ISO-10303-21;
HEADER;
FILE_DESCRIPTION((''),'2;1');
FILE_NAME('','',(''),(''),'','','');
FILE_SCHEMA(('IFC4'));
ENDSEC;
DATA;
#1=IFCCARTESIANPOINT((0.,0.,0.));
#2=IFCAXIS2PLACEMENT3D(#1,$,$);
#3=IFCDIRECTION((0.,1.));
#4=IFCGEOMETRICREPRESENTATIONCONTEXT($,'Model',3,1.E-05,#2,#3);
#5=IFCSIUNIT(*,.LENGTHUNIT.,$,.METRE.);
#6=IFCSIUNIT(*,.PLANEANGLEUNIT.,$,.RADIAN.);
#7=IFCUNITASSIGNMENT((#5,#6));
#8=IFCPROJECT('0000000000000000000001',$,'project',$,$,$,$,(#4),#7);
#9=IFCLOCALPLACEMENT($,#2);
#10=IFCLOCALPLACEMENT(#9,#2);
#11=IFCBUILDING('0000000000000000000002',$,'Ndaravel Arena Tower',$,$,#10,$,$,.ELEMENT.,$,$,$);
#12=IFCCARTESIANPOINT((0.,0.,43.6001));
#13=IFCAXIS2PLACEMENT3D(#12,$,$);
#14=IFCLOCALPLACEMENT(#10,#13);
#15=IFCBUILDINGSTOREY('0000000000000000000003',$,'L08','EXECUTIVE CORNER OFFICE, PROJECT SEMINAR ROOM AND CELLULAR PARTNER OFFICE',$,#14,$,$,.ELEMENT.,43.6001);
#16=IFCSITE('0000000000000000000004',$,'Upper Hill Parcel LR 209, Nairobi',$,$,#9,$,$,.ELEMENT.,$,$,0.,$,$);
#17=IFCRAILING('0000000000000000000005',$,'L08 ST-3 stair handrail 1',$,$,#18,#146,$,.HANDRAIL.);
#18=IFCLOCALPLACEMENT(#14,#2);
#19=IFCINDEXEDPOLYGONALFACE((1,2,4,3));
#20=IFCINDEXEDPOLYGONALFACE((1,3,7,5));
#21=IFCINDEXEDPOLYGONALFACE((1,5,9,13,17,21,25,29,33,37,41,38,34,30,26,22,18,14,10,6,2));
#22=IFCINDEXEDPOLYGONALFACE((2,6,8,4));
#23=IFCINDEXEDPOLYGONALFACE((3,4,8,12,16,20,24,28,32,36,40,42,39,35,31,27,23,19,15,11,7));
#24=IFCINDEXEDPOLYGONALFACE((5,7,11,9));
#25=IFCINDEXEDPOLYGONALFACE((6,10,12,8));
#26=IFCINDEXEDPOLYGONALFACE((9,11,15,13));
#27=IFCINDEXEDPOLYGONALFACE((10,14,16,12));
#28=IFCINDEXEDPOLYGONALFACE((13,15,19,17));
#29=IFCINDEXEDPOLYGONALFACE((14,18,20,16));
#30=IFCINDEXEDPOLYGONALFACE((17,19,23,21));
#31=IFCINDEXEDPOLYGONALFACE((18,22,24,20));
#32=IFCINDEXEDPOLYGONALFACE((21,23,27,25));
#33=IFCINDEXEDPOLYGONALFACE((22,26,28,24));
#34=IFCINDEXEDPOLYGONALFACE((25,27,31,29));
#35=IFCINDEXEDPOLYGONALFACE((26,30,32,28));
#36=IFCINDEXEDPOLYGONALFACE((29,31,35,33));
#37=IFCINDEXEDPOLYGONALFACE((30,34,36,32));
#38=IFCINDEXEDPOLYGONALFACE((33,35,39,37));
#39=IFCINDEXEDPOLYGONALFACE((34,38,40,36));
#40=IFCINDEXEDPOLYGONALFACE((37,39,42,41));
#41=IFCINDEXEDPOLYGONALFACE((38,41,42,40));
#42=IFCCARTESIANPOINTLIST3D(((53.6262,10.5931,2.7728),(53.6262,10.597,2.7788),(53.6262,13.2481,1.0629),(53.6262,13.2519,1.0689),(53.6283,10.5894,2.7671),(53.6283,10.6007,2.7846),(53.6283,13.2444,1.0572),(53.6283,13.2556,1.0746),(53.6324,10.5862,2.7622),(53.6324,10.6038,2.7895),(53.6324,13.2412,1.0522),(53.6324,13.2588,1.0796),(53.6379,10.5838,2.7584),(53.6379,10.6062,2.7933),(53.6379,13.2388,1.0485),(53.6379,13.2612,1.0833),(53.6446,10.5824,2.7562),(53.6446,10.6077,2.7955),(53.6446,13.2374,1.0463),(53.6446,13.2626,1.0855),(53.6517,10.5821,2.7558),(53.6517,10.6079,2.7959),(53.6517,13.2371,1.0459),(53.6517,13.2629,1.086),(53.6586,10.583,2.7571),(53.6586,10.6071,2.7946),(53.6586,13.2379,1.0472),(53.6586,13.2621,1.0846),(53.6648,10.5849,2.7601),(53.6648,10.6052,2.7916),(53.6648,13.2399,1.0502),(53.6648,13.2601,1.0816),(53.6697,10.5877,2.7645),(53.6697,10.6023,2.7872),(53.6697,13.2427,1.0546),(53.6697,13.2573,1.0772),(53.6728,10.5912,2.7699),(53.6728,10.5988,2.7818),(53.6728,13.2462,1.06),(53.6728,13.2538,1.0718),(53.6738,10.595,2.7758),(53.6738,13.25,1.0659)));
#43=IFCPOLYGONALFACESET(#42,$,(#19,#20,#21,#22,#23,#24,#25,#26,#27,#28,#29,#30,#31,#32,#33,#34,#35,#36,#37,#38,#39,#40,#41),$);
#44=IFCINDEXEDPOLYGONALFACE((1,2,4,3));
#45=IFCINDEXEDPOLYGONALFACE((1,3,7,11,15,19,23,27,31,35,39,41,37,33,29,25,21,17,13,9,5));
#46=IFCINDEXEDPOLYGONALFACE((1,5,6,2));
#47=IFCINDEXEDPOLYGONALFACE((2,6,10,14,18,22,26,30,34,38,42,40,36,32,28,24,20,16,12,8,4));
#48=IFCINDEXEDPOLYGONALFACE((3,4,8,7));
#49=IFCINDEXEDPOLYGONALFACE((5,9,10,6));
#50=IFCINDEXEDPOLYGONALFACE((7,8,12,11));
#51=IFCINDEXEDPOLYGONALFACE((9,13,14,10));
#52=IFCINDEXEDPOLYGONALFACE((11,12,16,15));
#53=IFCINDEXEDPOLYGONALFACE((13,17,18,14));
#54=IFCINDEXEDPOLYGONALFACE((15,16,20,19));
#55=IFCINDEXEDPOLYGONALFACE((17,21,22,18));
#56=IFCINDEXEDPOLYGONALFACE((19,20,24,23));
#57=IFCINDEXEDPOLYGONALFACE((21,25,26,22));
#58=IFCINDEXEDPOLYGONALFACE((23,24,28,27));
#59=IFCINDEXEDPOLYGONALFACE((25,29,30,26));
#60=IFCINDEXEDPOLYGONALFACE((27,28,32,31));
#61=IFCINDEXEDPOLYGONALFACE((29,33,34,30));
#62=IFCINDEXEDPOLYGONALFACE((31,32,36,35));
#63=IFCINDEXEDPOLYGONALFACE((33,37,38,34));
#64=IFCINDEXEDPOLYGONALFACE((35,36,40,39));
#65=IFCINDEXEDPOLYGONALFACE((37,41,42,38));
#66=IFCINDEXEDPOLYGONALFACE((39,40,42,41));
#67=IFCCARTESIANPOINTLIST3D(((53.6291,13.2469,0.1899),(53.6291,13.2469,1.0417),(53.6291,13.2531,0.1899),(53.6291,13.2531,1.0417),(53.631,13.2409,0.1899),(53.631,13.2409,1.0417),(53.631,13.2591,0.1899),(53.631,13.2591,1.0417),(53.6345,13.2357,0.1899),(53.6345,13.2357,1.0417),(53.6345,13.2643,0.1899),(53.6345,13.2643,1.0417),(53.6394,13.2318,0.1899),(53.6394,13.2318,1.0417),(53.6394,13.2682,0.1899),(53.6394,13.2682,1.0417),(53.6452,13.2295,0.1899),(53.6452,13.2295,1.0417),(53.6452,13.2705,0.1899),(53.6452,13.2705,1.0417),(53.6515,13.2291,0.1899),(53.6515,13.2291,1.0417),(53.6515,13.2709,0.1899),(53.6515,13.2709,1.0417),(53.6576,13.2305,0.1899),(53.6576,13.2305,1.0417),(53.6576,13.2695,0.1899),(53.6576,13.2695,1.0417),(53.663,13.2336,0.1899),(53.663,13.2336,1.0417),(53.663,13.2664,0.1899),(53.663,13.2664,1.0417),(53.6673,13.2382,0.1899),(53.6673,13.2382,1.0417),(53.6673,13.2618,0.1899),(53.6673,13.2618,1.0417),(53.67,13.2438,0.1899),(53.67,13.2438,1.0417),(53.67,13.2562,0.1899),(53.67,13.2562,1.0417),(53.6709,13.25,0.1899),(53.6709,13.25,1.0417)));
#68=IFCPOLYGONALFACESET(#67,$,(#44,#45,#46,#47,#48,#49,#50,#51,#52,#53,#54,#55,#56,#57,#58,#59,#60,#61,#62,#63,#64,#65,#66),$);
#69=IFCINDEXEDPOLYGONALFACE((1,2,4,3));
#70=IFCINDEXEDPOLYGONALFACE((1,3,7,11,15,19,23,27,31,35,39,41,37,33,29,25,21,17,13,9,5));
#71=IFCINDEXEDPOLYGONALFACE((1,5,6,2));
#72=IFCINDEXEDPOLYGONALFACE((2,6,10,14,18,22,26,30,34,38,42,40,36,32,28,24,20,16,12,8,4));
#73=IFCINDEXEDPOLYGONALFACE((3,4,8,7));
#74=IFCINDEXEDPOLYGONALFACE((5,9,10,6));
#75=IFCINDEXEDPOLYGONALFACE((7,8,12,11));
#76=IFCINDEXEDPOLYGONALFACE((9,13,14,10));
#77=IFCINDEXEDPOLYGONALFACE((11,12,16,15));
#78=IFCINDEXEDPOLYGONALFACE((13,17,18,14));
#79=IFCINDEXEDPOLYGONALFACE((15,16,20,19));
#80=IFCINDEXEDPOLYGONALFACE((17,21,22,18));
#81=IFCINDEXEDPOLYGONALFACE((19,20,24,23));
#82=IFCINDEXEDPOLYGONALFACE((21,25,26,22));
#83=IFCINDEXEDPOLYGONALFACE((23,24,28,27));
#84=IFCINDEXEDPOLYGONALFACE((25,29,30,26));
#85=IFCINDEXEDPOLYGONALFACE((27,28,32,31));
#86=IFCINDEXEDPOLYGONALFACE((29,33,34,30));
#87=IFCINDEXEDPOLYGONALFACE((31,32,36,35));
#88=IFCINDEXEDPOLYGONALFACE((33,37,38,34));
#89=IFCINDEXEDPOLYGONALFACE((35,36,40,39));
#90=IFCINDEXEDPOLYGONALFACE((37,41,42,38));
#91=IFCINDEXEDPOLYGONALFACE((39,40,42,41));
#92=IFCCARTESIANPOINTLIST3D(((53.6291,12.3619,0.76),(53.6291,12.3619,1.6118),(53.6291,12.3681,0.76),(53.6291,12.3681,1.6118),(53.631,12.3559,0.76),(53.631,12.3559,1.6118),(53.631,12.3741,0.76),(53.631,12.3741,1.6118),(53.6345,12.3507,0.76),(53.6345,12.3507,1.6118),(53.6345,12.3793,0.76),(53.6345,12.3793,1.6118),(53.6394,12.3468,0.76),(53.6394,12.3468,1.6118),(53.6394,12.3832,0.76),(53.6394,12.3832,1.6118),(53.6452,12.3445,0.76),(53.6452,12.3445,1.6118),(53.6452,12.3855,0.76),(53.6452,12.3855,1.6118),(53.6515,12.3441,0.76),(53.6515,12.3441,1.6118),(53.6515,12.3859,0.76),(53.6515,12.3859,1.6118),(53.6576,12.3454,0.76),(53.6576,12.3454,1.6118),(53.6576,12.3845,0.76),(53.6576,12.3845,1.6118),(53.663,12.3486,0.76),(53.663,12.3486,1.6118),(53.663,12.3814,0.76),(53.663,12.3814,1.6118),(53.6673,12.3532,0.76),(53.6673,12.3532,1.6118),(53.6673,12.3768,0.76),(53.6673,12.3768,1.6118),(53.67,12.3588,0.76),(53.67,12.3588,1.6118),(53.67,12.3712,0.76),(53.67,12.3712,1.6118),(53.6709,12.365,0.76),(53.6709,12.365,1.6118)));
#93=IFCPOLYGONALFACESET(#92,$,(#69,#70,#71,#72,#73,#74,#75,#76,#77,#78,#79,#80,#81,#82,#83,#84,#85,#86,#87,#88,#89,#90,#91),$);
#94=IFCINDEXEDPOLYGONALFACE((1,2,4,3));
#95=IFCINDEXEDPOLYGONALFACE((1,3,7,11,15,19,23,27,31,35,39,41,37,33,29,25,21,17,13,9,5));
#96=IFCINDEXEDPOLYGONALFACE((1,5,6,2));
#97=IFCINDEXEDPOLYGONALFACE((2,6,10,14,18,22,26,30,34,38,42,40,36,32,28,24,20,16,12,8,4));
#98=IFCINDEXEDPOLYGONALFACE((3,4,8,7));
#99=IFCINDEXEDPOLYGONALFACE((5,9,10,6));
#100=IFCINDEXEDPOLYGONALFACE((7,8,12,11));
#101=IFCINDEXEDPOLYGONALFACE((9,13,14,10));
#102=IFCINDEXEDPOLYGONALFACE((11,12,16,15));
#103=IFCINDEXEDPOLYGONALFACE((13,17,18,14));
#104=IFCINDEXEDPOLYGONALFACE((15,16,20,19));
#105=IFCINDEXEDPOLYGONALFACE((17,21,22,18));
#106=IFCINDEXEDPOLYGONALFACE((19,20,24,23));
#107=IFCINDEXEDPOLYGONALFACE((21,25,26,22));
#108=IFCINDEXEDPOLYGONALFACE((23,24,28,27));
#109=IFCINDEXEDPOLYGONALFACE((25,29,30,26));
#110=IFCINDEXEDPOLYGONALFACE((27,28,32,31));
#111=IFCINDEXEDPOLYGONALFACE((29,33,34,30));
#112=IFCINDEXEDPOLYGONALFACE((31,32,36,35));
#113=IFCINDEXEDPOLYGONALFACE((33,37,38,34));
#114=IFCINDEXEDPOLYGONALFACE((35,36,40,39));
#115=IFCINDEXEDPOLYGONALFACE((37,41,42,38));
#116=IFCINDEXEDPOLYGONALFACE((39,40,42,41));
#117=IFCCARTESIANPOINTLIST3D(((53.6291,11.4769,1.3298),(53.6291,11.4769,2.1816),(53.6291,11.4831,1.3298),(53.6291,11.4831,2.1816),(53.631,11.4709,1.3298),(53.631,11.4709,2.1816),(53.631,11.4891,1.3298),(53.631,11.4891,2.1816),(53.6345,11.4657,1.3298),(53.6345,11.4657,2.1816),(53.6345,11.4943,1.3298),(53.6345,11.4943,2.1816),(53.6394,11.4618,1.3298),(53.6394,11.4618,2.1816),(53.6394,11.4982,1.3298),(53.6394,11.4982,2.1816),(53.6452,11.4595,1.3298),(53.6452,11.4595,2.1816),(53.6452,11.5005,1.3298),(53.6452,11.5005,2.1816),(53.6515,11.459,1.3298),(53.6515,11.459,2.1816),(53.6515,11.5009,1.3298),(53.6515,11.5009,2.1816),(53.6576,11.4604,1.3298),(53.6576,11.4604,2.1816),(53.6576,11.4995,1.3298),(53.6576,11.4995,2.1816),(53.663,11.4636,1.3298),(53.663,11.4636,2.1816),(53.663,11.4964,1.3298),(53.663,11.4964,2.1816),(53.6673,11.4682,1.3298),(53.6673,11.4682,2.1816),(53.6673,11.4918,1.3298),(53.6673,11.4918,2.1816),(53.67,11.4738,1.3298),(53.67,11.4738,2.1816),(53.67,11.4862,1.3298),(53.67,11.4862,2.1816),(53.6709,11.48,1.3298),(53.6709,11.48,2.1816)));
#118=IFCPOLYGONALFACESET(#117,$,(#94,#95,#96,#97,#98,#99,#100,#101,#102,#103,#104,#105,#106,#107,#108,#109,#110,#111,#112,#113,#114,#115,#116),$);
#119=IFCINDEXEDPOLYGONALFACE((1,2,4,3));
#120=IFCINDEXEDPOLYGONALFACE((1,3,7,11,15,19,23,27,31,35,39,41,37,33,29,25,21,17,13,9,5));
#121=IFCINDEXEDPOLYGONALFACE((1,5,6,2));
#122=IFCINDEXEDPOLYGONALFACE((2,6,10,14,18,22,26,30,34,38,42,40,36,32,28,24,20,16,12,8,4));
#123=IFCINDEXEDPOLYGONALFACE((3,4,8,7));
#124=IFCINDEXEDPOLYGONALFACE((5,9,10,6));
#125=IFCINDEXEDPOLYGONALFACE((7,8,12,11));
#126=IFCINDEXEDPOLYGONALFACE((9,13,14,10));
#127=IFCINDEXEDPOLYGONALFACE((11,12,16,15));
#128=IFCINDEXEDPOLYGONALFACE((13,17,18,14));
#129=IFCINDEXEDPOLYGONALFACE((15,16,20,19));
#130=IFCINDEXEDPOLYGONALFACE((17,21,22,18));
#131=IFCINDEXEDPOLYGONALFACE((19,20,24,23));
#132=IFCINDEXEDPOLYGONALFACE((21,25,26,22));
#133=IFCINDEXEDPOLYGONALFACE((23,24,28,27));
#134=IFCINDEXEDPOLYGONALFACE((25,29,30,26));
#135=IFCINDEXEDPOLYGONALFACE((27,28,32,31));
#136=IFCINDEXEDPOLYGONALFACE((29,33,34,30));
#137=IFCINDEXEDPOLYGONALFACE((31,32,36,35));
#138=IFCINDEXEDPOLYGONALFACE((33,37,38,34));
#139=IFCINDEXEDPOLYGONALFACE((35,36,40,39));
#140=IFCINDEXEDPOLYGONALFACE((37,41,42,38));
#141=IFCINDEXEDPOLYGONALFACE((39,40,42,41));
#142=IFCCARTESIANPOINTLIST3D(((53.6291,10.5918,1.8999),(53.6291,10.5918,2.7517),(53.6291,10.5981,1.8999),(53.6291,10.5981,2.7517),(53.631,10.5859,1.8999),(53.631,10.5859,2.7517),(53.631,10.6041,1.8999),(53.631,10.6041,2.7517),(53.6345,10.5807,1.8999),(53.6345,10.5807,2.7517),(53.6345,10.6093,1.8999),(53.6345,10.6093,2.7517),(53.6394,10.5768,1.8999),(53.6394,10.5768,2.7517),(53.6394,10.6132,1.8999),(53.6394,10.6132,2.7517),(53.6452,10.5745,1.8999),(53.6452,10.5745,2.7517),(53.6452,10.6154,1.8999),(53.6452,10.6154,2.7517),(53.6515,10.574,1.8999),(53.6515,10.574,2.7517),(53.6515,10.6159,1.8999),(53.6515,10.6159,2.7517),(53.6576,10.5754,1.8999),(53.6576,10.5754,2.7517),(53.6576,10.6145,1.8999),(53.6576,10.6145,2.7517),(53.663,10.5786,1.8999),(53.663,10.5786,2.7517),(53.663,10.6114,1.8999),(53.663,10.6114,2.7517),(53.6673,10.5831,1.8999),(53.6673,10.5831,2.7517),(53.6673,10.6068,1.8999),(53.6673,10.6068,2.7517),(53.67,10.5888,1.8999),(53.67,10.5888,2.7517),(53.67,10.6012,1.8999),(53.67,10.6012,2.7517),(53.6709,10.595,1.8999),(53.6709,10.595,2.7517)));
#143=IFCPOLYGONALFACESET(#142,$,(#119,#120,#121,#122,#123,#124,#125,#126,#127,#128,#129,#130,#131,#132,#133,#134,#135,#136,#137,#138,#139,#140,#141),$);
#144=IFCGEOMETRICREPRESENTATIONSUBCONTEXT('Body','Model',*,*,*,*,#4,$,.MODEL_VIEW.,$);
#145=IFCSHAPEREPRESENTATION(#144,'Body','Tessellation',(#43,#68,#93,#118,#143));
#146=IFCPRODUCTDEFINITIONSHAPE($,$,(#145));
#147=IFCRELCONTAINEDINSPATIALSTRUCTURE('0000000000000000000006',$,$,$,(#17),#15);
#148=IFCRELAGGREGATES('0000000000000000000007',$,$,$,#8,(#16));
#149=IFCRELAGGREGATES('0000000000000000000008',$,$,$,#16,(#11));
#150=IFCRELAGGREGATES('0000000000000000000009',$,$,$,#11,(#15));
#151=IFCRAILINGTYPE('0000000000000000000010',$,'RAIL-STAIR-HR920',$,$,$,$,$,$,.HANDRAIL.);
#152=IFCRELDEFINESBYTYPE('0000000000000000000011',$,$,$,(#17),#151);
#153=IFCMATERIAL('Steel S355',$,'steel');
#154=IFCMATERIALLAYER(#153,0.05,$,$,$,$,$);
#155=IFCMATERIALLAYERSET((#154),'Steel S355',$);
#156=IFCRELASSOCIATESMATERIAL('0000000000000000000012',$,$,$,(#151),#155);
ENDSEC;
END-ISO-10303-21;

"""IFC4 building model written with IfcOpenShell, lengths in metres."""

from ifc_helpers import new_model, si_unit, direction, frame, origin, origin_2d, place, context, subcontext, project, spatial, circle, extrude, material, layer, layer_set, type_object, element, save


model = new_model("IFC4")

# Units and contexts
model_context = context("Model", 3, precision=1e-05, world=origin(), true_north=direction((0.0, 1.0)))
body_context = subcontext(model_context, "Body", "Model", "MODEL_VIEW")
ifc_project = project(units=[si_unit("LENGTHUNIT", "METRE"), si_unit("PLANEANGLEUNIT", "RADIAN")], contexts=[model_context])

# Site, building, storey
site_placement = place(None, origin())
site = spatial("IfcSite", under=ifc_project, at=site_placement, Name="Upper Hill Parcel LR 209, Nairobi", CompositionType="ELEMENT", RefElevation=0.0)
building_placement = place(site_placement, origin())
building = spatial("IfcBuilding", under=site, at=building_placement, Name="Ndaravel Arena Tower", CompositionType="ELEMENT")
storey_placement = place(building_placement, frame((0.0, 0.0, 43.6001)))
storey = spatial("IfcBuildingStorey", under=building, at=storey_placement, Name="L08", Description="EXECUTIVE CORNER OFFICE, PROJECT SEMINAR ROOM AND CELLULAR PARTNER OFFICE", CompositionType="ELEMENT", Elevation=43.6001)

# Railing
ifc_material_1 = material(Name="Steel S355", Category="steel")
ifc_layer_1 = layer(ifc_material_1, 0.05)
ifc_layer_set_1 = layer_set([ifc_layer_1], Name="Steel S355")
railing_type_1 = type_object("IfcRailingType", Name="RAIL-STAIR-HR920", PredefinedType="HANDRAIL", material=ifc_layer_set_1)
railing_1_placement = place(storey_placement, frame((53.6499, 13.25, 0.1899)))
element("IfcRailing", 1, at=railing_1_placement, inside=storey, type_object=railing_type_1, Name="L08 ST-3 stair handrail 1", PredefinedType="HANDRAIL", context=body_context, shape_type="SweptSolid", body=[
    extrude(circle(Radius=0.0239, at=origin_2d()), frame((0.0, 0.0, 0.876), z_axis=(0.0, -0.840724, 0.541465), x_axis=(1.0, 0.0, 0.0)), (0.0, 0.0, 1.0), 3.158),
    extrude(circle(Radius=0.021, at=origin_2d()), origin(), (0.0, 0.0, 1.0), 0.8518),
    extrude(circle(Radius=0.021, at=origin_2d()), frame((0.0, -0.885, 0.5701)), (0.0, 0.0, 1.0), 0.8518),
    extrude(circle(Radius=0.021, at=origin_2d()), frame((0.0, -1.77, 1.1399)), (0.0, 0.0, 1.0), 0.8518),
    extrude(circle(Radius=0.021, at=origin_2d()), frame((0.0, -2.655, 1.71)), (0.0, 0.0, 1.0), 0.8518),
])

save(model, "model.ifc")
